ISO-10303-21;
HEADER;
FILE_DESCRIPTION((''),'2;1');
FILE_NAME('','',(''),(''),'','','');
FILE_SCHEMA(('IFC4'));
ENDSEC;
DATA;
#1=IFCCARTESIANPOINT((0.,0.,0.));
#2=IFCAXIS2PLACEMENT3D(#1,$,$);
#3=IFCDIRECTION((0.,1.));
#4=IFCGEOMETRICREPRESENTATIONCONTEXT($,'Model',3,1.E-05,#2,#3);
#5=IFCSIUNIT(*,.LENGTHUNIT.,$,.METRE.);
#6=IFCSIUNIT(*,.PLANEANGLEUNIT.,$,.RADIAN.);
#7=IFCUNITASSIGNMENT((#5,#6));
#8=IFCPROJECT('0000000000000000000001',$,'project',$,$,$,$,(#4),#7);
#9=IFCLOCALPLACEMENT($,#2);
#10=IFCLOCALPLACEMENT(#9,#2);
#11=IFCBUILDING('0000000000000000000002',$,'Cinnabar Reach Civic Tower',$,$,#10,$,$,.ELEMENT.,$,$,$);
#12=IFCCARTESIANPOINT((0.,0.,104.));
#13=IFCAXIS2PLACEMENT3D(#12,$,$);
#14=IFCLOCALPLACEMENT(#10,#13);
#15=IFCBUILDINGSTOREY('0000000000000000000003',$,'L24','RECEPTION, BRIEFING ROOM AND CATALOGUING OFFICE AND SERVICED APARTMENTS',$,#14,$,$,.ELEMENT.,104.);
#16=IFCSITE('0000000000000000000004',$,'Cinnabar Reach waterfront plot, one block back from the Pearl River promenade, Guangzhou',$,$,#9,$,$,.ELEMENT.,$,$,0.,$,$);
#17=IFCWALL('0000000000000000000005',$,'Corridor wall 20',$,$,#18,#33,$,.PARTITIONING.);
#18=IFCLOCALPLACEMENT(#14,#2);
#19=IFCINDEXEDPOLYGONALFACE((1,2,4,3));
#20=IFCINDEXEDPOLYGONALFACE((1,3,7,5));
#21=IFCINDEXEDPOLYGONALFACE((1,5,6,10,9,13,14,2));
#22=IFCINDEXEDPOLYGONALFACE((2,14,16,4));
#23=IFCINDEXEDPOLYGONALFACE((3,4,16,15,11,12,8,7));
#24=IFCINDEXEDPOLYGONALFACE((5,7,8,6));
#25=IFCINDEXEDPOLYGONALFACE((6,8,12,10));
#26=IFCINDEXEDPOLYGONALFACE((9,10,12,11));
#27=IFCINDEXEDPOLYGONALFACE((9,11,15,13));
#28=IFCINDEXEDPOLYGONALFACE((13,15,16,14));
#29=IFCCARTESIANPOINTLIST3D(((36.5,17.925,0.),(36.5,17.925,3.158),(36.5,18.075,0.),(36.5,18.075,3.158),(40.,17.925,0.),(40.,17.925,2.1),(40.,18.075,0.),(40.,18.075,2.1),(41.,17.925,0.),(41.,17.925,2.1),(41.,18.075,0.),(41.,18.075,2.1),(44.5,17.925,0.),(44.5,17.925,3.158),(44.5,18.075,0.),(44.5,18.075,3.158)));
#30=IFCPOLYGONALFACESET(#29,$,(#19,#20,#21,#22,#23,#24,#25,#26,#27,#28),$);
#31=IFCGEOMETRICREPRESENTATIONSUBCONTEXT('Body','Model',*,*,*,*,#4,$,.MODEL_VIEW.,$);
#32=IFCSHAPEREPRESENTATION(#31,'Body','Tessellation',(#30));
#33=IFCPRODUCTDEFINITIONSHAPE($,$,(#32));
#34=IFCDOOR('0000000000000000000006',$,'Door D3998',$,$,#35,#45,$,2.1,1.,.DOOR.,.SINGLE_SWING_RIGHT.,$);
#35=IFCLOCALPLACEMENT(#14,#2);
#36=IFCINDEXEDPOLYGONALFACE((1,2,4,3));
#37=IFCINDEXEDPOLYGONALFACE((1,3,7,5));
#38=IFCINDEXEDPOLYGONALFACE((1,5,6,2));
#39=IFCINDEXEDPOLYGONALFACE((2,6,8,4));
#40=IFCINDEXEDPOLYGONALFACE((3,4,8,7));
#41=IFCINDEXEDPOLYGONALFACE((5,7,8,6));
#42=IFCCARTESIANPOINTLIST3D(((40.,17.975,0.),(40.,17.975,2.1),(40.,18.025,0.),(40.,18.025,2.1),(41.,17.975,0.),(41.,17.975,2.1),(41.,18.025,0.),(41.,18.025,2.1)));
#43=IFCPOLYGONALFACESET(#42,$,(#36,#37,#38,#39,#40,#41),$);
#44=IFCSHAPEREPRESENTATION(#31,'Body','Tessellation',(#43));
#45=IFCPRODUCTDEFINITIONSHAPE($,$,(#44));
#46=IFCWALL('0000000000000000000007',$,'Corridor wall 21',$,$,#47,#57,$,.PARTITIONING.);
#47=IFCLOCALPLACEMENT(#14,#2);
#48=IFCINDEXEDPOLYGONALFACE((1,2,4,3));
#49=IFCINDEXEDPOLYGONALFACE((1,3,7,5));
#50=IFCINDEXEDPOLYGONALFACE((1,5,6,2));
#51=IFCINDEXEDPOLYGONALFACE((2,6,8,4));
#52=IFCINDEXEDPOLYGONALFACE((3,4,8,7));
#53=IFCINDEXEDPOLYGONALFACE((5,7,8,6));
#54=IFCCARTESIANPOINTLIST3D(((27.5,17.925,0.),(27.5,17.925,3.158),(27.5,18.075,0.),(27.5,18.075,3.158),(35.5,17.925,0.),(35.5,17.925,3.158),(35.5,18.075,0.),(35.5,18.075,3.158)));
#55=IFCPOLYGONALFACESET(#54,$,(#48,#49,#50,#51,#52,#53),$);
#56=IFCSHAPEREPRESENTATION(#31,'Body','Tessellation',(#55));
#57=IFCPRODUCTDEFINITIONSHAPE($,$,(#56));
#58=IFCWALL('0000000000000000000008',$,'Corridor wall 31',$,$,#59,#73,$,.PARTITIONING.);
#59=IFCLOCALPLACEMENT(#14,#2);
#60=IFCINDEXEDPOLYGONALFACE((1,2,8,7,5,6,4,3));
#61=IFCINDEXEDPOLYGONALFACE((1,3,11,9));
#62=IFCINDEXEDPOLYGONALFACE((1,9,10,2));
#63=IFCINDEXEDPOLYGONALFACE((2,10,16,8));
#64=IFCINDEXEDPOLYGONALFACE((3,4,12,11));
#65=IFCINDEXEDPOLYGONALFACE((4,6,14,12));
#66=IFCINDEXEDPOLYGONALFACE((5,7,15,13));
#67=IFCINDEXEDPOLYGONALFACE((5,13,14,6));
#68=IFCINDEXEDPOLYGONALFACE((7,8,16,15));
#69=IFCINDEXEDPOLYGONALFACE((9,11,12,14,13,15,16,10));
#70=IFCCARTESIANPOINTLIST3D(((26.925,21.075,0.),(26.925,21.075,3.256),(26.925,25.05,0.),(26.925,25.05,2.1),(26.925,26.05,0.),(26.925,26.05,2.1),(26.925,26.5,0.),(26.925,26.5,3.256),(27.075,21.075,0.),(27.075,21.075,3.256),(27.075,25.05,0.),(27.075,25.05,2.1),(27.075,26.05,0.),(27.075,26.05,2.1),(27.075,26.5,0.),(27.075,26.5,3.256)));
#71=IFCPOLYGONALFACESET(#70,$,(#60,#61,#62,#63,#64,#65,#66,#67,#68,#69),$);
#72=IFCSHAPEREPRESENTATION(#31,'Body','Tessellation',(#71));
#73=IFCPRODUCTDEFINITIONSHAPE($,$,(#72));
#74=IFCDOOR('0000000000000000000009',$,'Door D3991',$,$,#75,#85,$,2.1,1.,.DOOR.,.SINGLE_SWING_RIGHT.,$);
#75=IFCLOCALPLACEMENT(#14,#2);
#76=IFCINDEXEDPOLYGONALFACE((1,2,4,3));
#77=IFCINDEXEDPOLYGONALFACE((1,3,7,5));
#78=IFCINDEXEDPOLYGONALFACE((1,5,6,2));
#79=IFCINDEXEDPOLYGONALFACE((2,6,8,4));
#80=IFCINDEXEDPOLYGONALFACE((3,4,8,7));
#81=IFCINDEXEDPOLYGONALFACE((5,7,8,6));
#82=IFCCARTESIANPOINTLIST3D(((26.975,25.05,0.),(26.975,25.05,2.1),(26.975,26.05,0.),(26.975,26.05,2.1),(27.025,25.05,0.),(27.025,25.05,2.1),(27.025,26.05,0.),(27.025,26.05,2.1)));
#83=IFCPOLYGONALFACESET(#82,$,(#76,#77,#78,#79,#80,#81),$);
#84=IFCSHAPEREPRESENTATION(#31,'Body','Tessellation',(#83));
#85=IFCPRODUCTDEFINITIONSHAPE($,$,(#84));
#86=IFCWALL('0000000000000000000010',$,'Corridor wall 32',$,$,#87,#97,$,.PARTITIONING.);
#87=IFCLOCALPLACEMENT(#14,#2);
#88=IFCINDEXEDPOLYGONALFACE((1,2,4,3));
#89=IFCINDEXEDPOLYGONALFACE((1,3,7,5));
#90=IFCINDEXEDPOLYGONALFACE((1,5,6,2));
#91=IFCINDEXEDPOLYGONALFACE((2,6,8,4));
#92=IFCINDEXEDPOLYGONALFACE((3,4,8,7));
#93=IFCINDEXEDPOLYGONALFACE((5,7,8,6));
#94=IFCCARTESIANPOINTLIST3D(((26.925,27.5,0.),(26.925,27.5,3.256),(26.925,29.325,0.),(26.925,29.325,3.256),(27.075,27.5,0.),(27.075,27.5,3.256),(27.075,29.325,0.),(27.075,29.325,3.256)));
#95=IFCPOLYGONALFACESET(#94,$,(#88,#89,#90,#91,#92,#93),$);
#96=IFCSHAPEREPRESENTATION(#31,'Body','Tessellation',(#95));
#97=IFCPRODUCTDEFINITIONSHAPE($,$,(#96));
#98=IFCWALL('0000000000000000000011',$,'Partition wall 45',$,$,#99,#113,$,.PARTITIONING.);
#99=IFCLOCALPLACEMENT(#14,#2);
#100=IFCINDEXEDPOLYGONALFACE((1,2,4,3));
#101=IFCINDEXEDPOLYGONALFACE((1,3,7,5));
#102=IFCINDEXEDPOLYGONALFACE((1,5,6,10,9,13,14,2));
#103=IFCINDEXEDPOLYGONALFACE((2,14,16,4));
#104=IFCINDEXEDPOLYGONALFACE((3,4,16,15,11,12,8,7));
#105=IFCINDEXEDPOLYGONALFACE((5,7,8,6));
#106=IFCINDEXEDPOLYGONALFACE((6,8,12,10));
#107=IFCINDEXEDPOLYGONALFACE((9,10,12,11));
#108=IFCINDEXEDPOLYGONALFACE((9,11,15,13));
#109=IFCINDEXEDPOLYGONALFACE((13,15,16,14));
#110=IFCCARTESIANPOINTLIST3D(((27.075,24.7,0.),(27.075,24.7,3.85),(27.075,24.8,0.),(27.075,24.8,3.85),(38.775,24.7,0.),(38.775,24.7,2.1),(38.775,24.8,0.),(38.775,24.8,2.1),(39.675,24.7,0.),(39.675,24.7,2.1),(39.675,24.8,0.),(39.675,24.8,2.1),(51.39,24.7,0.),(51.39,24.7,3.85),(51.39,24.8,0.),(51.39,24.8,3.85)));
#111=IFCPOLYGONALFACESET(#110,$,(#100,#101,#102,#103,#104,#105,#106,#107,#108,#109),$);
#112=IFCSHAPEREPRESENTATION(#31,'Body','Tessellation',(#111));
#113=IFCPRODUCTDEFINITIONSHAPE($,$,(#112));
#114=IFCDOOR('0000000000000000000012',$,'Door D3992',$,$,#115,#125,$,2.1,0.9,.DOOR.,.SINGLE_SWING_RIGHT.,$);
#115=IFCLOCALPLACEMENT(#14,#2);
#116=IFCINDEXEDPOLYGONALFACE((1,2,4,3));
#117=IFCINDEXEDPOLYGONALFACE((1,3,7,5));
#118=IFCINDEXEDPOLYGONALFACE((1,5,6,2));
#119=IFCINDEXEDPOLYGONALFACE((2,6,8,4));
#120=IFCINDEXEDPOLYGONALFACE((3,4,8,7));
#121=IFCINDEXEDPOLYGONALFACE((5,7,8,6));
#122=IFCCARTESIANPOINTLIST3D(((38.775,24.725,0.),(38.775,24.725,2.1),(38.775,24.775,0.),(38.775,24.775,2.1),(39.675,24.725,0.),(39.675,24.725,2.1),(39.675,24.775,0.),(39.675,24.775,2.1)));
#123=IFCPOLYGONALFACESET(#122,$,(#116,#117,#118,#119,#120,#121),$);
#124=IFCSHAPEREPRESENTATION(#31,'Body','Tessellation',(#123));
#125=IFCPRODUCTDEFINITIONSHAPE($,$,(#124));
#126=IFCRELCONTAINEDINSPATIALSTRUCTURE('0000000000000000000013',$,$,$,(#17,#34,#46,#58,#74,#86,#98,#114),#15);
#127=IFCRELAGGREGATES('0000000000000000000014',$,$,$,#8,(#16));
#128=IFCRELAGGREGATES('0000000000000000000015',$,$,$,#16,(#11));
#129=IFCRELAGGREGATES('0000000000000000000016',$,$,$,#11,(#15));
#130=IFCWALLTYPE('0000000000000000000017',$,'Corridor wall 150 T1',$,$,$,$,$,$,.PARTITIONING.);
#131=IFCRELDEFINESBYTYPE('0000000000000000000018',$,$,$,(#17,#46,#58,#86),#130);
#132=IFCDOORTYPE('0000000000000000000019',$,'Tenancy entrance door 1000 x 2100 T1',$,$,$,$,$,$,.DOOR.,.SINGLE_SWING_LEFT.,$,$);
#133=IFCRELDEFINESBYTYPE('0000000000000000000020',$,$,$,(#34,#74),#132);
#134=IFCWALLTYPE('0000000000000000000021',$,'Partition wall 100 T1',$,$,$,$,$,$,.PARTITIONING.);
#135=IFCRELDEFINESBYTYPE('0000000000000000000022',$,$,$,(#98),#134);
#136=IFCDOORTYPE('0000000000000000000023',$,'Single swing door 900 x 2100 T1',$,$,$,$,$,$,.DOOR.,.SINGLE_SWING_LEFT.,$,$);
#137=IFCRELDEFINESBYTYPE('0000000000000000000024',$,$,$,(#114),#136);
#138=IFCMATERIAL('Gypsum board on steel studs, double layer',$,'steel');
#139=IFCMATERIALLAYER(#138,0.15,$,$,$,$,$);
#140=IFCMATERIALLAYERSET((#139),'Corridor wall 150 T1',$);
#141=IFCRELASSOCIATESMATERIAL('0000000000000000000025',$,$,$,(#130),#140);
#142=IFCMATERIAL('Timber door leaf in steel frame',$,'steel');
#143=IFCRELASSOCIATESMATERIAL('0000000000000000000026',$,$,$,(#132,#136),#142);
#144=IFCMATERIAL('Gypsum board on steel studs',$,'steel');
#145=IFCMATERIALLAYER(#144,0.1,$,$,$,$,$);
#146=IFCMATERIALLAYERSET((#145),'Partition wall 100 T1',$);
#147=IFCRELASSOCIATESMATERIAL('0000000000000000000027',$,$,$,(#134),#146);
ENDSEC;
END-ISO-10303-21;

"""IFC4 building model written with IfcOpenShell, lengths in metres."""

from ifc_helpers import new_model, si_unit, direction, frame, frame_2d, origin, place, context, subcontext, project, spatial, rectangle, extrude, material, layer, layer_set, type_object, element, fill, save


model = new_model("IFC4")

# Units and contexts
model_context = context("Model", 3, precision=1e-05, world=origin(), true_north=direction((0.0, 1.0)))
body_context = subcontext(model_context, "Body", "Model", "MODEL_VIEW")
ifc_project = project(units=[si_unit("LENGTHUNIT", "METRE"), si_unit("PLANEANGLEUNIT", "RADIAN")], contexts=[model_context])

# Site, building, storey
site_placement = place(None, origin())
site = spatial("IfcSite", under=ifc_project, at=site_placement, Name="Cinnabar Reach waterfront plot, one block back from the Pearl River promenade, Guangzhou", CompositionType="ELEMENT", RefElevation=0.0)
building_placement = place(site_placement, origin())
building = spatial("IfcBuilding", under=site, at=building_placement, Name="Cinnabar Reach Civic Tower", CompositionType="ELEMENT")
storey_placement = place(building_placement, frame((0.0, 0.0, 104.0)))
storey = spatial("IfcBuildingStorey", under=building, at=storey_placement, Name="L24", Description="RECEPTION, BRIEFING ROOM AND CATALOGUING OFFICE AND SERVICED APARTMENTS", CompositionType="ELEMENT", Elevation=104.0)

# Wall, opening, door
ifc_material_1 = material(Name="Gypsum board on steel studs, double layer", Category="steel")
ifc_layer_1 = layer(ifc_material_1, 0.15)
ifc_layer_set_1 = layer_set([ifc_layer_1], Name="Corridor wall 150 T1")
wall_type_1 = type_object("IfcWallType", Name="Corridor wall 150 T1", PredefinedType="PARTITIONING", material=ifc_layer_set_1)
wall_1_placement = place(storey_placement, frame((36.5, 18.0, 0.0), z_axis=(0.0, 0.0, 1.0), x_axis=(1.0, 0.0, 0.0)))
wall_1 = element("IfcWall", 1, at=wall_1_placement, inside=storey, type_object=wall_type_1, Name="Corridor wall 20", PredefinedType="PARTITIONING", context=body_context, shape_type="SweptSolid", body=[
    extrude(rectangle(XDim=8.0, YDim=0.15, at=frame_2d((4.0, 0.0))), origin(), (0.0, 0.0, 1.0), 3.158),
])
opening_1_placement = place(wall_1_placement, frame((3.5, 0.0, 0.0)))
opening_1 = element("IfcOpeningElement", 2, at=opening_1_placement, cuts=wall_1, PredefinedType="OPENING", context=body_context, shape_type="SweptSolid", body=[
    extrude(rectangle(XDim=1.0, YDim=2.1, at=frame_2d((0.5, 1.05))), frame((0.0, 0.085, 0.0), z_axis=(0.0, -1.0, 0.0), x_axis=(1.0, 0.0, 0.0)), (0.0, 0.0, 1.0), 0.17),
])
ifc_material_2 = material(Name="Timber door leaf in steel frame", Category="steel")
door_type_1 = type_object("IfcDoorType", Name="Tenancy entrance door 1000 x 2100 T1", OperationType="SINGLE_SWING_LEFT", PredefinedType="DOOR", material=ifc_material_2)
door_1_placement = place(opening_1_placement, frame((1.0, 0.0, 0.0), z_axis=(0.0, 0.0, 1.0), x_axis=(-1.0, 0.0, 0.0)))
door_1 = element("IfcDoor", 3, at=door_1_placement, inside=storey, type_object=door_type_1, Name="Door D3998", OperationType="SINGLE_SWING_RIGHT", OverallHeight=2.1, OverallWidth=1.0, PredefinedType="DOOR", context=body_context, shape_type="SweptSolid", body=[
    extrude(rectangle(XDim=1.0, YDim=2.1, at=frame_2d((0.5, 1.05))), frame((0.0, 0.025, 0.0), z_axis=(0.0, -1.0, 0.0), x_axis=(1.0, 0.0, 0.0)), (0.0, 0.0, 1.0), 0.05),
])
fill(opening_1, door_1)

# Wall
wall_2_placement = place(storey_placement, frame((27.5, 18.0, 0.0), z_axis=(0.0, 0.0, 1.0), x_axis=(1.0, 0.0, 0.0)))
element("IfcWall", 4, at=wall_2_placement, inside=storey, type_object=wall_type_1, Name="Corridor wall 21", PredefinedType="PARTITIONING", context=body_context, shape_type="SweptSolid", body=[
    extrude(rectangle(XDim=8.0, YDim=0.15, at=frame_2d((4.0, 0.0))), origin(), (0.0, 0.0, 1.0), 3.158),
])

# Wall, opening, door
wall_3_placement = place(storey_placement, frame((27.0, 21.075, 0.0), z_axis=(0.0, 0.0, 1.0), x_axis=(0.0, 1.0, 0.0)))
wall_3 = element("IfcWall", 5, at=wall_3_placement, inside=storey, type_object=wall_type_1, Name="Corridor wall 31", PredefinedType="PARTITIONING", context=body_context, shape_type="SweptSolid", body=[
    extrude(rectangle(XDim=5.425, YDim=0.15, at=frame_2d((2.7125, 0.0))), origin(), (0.0, 0.0, 1.0), 3.256),
])
opening_2_placement = place(wall_3_placement, frame((3.975, 0.0, 0.0)))
opening_2 = element("IfcOpeningElement", 6, at=opening_2_placement, cuts=wall_3, PredefinedType="OPENING", context=body_context, shape_type="SweptSolid", body=[
    extrude(rectangle(XDim=1.0, YDim=2.1, at=frame_2d((0.5, 1.05))), frame((0.0, 0.085, 0.0), z_axis=(0.0, -1.0, 0.0), x_axis=(1.0, 0.0, 0.0)), (0.0, 0.0, 1.0), 0.17),
])
door_2_placement = place(opening_2_placement, frame((1.0, 0.0, 0.0), z_axis=(0.0, 0.0, 1.0), x_axis=(-1.0, 0.0, 0.0)))
door_2 = element("IfcDoor", 7, at=door_2_placement, inside=storey, type_object=door_type_1, Name="Door D3991", OperationType="SINGLE_SWING_RIGHT", OverallHeight=2.1, OverallWidth=1.0, PredefinedType="DOOR", context=body_context, shape_type="SweptSolid", body=[
    extrude(rectangle(XDim=1.0, YDim=2.1, at=frame_2d((0.5, 1.05))), frame((0.0, 0.025, 0.0), z_axis=(0.0, -1.0, 0.0), x_axis=(1.0, 0.0, 0.0)), (0.0, 0.0, 1.0), 0.05),
])
fill(opening_2, door_2)

# Wall
wall_4_placement = place(storey_placement, frame((27.0, 27.5, 0.0), z_axis=(0.0, 0.0, 1.0), x_axis=(0.0, 1.0, 0.0)))
element("IfcWall", 8, at=wall_4_placement, inside=storey, type_object=wall_type_1, Name="Corridor wall 32", PredefinedType="PARTITIONING", context=body_context, shape_type="SweptSolid", body=[
    extrude(rectangle(XDim=1.825, YDim=0.15, at=frame_2d((0.9125, 0.0))), origin(), (0.0, 0.0, 1.0), 3.256),
])

# Wall, opening, door
ifc_material_3 = material(Name="Gypsum board on steel studs", Category="steel")
ifc_layer_2 = layer(ifc_material_3, 0.1)
ifc_layer_set_2 = layer_set([ifc_layer_2], Name="Partition wall 100 T1")
wall_type_2 = type_object("IfcWallType", Name="Partition wall 100 T1", PredefinedType="PARTITIONING", material=ifc_layer_set_2)
wall_5_placement = place(storey_placement, frame((27.075, 24.75, 0.0), z_axis=(0.0, 0.0, 1.0), x_axis=(1.0, 0.0, 0.0)))
wall_5 = element("IfcWall", 9, at=wall_5_placement, inside=storey, type_object=wall_type_2, Name="Partition wall 45", PredefinedType="PARTITIONING", context=body_context, shape_type="SweptSolid", body=[
    extrude(rectangle(XDim=24.315, YDim=0.1, at=frame_2d((12.1575, 0.0))), origin(), (0.0, 0.0, 1.0), 3.85),
])
opening_3_placement = place(wall_5_placement, frame((11.7, 0.0, 0.0)))
opening_3 = element("IfcOpeningElement", 10, at=opening_3_placement, cuts=wall_5, PredefinedType="OPENING", context=body_context, shape_type="SweptSolid", body=[
    extrude(rectangle(XDim=0.9, YDim=2.1, at=frame_2d((0.45, 1.05))), frame((0.0, 0.06, 0.0), z_axis=(0.0, -1.0, 0.0), x_axis=(1.0, 0.0, 0.0)), (0.0, 0.0, 1.0), 0.12),
])
door_type_2 = type_object("IfcDoorType", Name="Single swing door 900 x 2100 T1", OperationType="SINGLE_SWING_LEFT", PredefinedType="DOOR", material=ifc_material_2)
door_3_placement = place(opening_3_placement, frame((0.9, 0.0, 0.0), z_axis=(0.0, 0.0, 1.0), x_axis=(-1.0, 0.0, 0.0)))
door_3 = element("IfcDoor", 11, at=door_3_placement, inside=storey, type_object=door_type_2, Name="Door D3992", OperationType="SINGLE_SWING_RIGHT", OverallHeight=2.1, OverallWidth=0.9, PredefinedType="DOOR", context=body_context, shape_type="SweptSolid", body=[
    extrude(rectangle(XDim=0.9, YDim=2.1, at=frame_2d((0.45, 1.05))), frame((0.0, 0.025, 0.0), z_axis=(0.0, -1.0, 0.0), x_axis=(1.0, 0.0, 0.0)), (0.0, 0.0, 1.0), 0.05),
])
fill(opening_3, door_3)

save(model, "model.ifc")
